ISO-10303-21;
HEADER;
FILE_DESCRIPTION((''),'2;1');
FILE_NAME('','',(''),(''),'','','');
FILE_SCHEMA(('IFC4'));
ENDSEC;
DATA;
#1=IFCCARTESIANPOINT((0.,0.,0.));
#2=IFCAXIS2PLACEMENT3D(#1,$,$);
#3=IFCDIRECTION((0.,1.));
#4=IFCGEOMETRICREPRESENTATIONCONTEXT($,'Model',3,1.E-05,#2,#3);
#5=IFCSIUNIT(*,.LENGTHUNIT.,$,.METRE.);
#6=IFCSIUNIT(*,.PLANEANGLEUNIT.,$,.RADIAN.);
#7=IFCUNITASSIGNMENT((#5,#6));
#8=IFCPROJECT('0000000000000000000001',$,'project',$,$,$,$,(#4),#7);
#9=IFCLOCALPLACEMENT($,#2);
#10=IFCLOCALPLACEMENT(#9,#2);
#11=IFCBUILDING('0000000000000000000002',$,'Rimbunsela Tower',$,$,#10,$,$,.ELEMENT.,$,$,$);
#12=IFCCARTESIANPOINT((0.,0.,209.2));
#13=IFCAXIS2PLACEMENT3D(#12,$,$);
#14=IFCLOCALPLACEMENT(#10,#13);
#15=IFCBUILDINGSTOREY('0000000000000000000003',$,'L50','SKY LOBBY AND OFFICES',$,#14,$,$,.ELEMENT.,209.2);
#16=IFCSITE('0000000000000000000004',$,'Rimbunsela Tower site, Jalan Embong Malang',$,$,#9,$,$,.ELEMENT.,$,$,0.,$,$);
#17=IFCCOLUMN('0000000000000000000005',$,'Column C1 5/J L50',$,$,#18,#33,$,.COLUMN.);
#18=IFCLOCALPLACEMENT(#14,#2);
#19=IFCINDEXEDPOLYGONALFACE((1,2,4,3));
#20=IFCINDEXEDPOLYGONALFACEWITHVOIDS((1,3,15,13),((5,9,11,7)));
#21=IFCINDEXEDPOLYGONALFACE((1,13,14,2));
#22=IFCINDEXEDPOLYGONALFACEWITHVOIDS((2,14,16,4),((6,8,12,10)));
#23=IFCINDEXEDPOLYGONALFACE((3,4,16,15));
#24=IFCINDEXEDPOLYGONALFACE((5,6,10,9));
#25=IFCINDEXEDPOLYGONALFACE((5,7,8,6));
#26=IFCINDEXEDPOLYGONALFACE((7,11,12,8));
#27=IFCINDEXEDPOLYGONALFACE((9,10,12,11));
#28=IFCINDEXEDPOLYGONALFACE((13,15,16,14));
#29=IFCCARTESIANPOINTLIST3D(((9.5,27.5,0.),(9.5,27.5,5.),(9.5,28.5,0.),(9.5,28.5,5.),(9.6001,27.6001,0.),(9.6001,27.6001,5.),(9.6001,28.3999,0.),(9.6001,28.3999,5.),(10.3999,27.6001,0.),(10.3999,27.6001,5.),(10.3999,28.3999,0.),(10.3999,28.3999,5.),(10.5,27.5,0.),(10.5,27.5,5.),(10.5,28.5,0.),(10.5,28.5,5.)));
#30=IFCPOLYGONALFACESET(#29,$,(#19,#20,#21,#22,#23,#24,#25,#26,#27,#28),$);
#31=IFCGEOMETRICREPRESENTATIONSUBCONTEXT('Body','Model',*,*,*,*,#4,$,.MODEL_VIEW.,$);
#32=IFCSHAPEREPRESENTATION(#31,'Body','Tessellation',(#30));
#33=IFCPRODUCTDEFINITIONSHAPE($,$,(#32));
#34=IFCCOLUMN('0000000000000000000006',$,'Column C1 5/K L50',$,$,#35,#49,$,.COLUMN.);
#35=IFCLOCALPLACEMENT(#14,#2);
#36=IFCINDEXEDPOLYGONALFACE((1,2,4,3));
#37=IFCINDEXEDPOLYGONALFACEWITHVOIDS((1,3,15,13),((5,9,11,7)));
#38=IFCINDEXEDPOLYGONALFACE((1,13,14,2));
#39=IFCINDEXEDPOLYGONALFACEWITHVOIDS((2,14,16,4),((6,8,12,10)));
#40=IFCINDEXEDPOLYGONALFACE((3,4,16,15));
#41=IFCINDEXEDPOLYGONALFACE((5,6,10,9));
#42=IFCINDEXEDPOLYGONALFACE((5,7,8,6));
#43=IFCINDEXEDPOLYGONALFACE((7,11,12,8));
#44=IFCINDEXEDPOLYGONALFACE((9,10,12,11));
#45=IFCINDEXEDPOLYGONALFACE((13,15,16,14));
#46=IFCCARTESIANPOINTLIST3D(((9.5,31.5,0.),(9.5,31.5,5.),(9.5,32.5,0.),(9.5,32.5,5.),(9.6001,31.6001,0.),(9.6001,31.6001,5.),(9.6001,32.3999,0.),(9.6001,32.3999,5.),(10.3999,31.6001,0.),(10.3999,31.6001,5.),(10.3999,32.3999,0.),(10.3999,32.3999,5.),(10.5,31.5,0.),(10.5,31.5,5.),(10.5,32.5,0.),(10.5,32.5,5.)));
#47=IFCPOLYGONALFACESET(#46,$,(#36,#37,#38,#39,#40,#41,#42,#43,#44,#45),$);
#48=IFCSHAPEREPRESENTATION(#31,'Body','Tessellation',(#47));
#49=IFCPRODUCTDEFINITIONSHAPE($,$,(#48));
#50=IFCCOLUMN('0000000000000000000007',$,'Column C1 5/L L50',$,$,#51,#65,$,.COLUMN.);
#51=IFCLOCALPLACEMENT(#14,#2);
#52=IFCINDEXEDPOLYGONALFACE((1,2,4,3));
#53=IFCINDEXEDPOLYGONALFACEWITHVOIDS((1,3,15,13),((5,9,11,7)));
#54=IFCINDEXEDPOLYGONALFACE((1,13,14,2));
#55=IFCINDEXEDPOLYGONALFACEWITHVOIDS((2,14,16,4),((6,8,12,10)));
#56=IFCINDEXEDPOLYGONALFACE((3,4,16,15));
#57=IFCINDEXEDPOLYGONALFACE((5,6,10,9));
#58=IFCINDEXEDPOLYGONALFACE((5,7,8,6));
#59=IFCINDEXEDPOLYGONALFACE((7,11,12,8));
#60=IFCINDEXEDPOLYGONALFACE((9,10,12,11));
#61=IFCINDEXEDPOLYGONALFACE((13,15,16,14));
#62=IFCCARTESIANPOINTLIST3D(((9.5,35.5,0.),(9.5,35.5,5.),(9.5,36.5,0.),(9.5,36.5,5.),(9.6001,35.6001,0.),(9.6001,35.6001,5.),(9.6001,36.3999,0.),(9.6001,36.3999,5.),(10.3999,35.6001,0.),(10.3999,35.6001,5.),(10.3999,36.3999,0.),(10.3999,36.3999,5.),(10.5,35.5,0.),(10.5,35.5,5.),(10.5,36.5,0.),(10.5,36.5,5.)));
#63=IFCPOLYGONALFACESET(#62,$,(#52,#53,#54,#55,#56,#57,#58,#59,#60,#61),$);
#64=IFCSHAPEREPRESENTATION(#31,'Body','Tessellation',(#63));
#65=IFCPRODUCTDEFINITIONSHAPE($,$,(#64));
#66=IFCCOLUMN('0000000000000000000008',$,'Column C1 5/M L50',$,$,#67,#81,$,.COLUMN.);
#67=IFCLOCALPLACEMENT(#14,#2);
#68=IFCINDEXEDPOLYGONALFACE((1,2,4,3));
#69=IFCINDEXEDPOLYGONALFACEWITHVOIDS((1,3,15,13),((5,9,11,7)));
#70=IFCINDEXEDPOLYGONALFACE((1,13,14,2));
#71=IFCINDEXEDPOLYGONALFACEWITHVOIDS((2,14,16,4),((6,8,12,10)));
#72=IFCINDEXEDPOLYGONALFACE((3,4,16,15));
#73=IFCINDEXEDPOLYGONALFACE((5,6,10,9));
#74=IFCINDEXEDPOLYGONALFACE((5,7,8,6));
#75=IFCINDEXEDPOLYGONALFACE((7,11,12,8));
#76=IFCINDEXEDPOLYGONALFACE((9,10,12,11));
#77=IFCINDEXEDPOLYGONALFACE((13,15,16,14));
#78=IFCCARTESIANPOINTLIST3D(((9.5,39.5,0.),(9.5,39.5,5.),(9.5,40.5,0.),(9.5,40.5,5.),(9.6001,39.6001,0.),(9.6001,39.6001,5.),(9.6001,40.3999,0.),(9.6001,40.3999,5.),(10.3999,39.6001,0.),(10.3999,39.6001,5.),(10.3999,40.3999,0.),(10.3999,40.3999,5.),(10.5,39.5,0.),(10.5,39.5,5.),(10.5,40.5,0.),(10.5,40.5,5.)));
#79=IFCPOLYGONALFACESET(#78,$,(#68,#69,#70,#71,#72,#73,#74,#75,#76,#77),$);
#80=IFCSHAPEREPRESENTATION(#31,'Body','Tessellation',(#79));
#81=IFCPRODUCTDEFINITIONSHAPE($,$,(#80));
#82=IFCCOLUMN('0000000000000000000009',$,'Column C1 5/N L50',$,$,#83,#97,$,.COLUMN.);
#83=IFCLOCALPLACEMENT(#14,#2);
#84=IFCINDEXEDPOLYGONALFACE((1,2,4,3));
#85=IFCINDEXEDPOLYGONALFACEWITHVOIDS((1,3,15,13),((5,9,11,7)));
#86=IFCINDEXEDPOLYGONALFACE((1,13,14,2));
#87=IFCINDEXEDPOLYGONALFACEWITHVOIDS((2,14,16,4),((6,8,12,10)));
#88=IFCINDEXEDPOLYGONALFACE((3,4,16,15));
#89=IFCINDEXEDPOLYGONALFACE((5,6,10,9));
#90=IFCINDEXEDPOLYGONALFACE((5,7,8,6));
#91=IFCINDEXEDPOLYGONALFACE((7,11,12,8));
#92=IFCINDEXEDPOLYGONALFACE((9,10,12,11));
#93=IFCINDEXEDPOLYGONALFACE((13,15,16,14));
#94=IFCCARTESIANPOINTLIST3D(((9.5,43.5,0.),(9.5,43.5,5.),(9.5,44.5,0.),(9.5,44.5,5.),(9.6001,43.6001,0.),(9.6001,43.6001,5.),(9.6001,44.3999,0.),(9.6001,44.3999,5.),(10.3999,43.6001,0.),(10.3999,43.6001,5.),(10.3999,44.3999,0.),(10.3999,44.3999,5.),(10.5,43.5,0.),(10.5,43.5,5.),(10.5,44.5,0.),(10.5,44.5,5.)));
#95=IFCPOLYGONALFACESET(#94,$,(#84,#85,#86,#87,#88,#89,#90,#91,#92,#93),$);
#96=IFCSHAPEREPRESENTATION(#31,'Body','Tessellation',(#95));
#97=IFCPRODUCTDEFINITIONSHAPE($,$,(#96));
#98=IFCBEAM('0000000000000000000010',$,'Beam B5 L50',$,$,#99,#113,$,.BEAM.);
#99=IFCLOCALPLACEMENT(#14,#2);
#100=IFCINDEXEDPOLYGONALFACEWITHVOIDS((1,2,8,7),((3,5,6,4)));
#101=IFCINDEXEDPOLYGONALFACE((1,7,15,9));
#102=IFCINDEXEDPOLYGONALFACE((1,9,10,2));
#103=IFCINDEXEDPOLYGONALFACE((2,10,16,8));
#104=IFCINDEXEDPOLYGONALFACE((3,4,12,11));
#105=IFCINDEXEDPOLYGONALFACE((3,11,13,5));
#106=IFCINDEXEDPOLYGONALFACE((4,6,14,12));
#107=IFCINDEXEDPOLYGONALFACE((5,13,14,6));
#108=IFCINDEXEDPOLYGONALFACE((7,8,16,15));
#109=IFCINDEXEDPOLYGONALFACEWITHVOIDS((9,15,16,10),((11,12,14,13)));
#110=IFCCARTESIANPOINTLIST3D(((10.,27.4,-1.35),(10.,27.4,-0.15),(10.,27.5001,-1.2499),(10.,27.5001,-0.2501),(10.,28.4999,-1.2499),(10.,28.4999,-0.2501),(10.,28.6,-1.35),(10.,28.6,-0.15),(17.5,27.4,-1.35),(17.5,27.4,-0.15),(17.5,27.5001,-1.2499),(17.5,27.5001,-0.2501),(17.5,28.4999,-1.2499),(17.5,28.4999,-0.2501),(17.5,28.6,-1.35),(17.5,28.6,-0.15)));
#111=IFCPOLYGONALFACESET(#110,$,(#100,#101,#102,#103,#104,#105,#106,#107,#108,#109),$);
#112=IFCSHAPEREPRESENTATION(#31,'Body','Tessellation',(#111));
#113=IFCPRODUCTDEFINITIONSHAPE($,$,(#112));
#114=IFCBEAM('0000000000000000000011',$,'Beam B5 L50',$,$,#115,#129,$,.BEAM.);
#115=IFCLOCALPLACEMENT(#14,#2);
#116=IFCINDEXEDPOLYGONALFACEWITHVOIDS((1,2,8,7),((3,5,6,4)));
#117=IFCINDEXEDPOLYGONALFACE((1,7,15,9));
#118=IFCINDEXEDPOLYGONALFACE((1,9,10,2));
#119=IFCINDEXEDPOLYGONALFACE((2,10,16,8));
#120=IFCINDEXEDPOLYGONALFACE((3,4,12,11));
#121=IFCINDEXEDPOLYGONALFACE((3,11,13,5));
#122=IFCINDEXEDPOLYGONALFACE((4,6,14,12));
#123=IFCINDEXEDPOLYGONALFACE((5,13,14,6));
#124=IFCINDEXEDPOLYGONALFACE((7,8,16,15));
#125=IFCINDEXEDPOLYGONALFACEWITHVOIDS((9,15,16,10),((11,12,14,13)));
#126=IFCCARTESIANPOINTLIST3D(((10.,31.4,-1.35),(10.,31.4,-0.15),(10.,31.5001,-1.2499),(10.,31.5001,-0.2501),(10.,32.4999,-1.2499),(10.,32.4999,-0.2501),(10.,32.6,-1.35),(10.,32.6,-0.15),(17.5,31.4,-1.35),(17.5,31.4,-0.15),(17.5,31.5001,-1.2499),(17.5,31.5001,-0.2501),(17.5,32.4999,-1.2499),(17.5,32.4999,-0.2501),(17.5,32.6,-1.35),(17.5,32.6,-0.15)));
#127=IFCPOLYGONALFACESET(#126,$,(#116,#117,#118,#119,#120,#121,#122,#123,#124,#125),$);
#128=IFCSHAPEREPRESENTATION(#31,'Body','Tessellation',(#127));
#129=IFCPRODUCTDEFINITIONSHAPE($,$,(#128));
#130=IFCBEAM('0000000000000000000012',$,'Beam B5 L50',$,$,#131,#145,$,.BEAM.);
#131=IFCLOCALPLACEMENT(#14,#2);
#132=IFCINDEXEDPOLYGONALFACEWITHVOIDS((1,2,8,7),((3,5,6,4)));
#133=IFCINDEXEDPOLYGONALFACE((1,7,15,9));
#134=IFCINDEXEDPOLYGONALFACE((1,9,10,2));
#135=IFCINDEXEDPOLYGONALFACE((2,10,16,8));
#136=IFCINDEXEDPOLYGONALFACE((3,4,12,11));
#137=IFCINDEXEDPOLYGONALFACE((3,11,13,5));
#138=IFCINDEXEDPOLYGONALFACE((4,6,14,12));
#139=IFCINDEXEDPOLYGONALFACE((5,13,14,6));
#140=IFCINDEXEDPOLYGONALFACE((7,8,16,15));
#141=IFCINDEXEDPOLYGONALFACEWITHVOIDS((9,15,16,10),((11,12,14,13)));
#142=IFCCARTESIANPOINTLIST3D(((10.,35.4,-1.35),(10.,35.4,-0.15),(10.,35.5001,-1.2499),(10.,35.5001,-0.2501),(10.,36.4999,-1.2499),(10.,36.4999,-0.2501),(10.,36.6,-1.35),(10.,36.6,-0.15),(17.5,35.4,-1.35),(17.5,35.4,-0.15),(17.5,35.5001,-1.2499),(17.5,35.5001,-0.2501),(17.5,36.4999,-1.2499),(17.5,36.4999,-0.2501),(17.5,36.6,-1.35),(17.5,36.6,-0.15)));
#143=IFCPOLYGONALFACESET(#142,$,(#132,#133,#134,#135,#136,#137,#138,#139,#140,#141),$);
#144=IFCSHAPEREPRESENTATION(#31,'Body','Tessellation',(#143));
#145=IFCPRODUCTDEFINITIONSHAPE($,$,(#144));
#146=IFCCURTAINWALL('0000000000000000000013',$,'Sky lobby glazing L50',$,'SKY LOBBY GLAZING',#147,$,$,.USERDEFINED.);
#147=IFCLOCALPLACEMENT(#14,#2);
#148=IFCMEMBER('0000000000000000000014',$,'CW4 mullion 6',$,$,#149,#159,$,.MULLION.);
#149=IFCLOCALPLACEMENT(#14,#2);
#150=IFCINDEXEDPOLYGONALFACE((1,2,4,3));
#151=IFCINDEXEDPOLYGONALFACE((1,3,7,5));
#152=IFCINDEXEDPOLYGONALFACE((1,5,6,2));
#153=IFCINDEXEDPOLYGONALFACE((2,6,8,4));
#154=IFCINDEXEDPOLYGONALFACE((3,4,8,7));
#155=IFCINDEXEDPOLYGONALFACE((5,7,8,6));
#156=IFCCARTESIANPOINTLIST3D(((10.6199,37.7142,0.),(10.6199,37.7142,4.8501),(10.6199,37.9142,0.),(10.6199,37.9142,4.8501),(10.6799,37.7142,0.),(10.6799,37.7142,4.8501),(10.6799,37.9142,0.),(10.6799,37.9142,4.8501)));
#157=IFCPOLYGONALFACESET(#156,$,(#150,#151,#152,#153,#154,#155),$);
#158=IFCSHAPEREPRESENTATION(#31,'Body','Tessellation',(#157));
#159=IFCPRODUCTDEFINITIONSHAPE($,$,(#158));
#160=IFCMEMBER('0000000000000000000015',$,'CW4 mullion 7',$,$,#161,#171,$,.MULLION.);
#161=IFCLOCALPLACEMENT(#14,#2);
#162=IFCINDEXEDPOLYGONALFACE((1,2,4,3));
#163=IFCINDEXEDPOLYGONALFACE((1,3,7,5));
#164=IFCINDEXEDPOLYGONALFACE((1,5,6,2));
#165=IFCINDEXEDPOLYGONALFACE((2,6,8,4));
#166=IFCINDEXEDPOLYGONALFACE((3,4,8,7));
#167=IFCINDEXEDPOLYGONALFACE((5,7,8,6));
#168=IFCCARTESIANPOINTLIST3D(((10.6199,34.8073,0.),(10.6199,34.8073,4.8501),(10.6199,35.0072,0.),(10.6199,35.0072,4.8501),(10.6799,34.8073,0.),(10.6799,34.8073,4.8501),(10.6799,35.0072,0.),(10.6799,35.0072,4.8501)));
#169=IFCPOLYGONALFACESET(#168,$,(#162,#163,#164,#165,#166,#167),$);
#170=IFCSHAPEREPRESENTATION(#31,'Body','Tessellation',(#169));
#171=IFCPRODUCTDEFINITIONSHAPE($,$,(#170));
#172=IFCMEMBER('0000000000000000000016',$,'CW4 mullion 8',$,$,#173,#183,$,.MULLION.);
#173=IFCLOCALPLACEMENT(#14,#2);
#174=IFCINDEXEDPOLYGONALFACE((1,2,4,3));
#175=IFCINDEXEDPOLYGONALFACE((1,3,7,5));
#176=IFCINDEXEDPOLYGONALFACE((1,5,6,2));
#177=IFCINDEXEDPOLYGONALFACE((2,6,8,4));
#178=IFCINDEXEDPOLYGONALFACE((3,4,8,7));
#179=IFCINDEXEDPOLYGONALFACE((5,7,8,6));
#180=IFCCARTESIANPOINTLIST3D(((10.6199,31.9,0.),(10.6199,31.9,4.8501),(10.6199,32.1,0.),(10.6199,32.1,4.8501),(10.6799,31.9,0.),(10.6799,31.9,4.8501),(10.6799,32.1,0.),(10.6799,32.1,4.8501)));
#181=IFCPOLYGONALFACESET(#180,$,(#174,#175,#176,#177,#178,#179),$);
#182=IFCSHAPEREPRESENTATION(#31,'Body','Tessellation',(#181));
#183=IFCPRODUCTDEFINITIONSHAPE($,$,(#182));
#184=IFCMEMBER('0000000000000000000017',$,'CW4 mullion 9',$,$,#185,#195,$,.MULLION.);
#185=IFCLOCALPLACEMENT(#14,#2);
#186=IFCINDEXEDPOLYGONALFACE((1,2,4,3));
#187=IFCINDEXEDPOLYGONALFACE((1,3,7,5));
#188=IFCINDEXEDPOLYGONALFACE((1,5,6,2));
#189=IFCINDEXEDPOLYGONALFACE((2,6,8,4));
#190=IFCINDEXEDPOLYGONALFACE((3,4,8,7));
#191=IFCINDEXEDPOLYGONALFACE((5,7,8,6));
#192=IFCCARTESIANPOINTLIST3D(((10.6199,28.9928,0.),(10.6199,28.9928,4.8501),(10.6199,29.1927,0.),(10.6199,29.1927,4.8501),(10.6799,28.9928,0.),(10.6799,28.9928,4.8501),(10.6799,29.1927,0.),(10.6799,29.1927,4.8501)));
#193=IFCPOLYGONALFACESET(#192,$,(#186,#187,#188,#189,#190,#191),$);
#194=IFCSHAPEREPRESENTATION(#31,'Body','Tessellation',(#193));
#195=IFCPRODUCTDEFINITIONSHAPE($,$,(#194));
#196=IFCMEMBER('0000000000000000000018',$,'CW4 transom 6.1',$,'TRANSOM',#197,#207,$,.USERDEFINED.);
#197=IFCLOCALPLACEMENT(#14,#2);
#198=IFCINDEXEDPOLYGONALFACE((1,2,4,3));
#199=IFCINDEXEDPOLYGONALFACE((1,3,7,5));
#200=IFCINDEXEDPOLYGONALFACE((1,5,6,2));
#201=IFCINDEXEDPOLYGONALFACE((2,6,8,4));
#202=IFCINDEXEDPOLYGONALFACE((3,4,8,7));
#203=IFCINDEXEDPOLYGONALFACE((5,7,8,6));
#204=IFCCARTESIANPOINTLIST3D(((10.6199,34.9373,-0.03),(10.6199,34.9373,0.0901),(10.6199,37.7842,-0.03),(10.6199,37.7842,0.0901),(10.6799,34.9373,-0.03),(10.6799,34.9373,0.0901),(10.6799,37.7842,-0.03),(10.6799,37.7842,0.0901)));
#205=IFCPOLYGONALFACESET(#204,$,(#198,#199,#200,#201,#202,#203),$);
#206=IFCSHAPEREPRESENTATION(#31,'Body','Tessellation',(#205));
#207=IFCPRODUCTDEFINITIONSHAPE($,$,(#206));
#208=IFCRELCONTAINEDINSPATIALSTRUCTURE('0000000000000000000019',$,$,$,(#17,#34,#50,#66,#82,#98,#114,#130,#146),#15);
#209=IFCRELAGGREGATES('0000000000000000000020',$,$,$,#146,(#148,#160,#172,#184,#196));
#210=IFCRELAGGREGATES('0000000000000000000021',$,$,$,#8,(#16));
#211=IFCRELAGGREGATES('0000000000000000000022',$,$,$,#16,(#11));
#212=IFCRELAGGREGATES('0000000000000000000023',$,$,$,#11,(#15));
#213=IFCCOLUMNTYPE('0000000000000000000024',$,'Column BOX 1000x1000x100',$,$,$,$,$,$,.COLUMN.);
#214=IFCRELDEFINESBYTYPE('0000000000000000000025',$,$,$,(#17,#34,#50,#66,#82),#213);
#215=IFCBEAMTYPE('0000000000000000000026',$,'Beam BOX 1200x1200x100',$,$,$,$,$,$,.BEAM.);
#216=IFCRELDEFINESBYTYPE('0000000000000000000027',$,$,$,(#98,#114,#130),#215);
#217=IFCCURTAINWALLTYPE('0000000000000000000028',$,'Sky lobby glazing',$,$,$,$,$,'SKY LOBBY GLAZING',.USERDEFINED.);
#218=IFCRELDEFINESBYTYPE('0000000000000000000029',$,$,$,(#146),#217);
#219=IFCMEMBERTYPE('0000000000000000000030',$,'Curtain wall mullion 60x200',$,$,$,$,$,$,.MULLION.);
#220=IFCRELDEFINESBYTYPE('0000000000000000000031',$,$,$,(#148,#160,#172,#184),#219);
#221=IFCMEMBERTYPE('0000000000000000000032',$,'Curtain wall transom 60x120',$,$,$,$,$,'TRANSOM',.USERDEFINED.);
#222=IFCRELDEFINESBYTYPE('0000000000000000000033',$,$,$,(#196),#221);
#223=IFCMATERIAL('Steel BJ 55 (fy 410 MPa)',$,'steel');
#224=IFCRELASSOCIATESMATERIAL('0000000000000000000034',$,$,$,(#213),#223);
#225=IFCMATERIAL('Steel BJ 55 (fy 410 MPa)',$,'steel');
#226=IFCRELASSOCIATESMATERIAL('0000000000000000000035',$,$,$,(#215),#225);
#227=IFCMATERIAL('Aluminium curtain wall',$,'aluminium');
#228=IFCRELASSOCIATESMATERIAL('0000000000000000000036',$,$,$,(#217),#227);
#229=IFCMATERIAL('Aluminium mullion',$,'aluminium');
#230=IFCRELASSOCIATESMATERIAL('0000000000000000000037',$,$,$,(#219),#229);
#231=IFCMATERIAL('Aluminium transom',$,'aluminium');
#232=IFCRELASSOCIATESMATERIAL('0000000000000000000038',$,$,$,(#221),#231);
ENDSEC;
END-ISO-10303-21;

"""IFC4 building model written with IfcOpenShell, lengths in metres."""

from ifc_helpers import new_model, si_unit, direction, frame, origin, origin_2d, place, context, subcontext, project, spatial, rectangle, hollow_rectangle, extrude, material, material_profile, profile_set, type_object, element, aggregate, save


model = new_model("IFC4")

# Units and contexts
model_context = context("Model", 3, precision=1e-05, world=origin(), true_north=direction((0.0, 1.0)))
body_context = subcontext(model_context, "Body", "Model", "MODEL_VIEW")
ifc_project = project(units=[si_unit("LENGTHUNIT", "METRE"), si_unit("PLANEANGLEUNIT", "RADIAN")], contexts=[model_context])

# Site, building, storey
site_placement = place(None, origin())
site = spatial("IfcSite", under=ifc_project, at=site_placement, Name="Rimbunsela Tower site, Jalan Embong Malang", CompositionType="ELEMENT", RefElevation=0.0)
building_placement = place(site_placement, origin())
building = spatial("IfcBuilding", under=site, at=building_placement, Name="Rimbunsela Tower", CompositionType="ELEMENT")
storey_placement = place(building_placement, frame((0.0, 0.0, 209.2)))
storey = spatial("IfcBuildingStorey", under=building, at=storey_placement, Name="L50", Description="SKY LOBBY AND OFFICES", CompositionType="ELEMENT", Elevation=209.2)

# Columns
ifc_material_1 = material(Name="Steel BJ 55 (fy 410 MPa)", Category="steel")
ifc_material_profile_1 = material_profile(ifc_material_1, hollow_rectangle(XDim=1.0, YDim=1.0, WallThickness=0.1001, at=origin_2d()), Name="BOX 1000x1000x100")
ifc_profile_set_1 = profile_set([ifc_material_profile_1], Name="Steel BJ 55 (fy 410 MPa)")
column_type = type_object("IfcColumnType", Name="Column BOX 1000x1000x100", PredefinedType="COLUMN", material=ifc_profile_set_1)
for number, where, z_axis, x_axis, name in (
    (1, (10.0, 28.0, 0.0), (0.0, 0.0, 1.0), (1.0, 0.0, 0.0), "Column C1 5/J L50"),
    (2, (10.0, 32.0, 0.0), (0.0, 0.0, 1.0), (1.0, 0.0, 0.0), "Column C1 5/K L50"),
    (3, (10.0, 36.0, 0.0), (0.0, 0.0, 1.0), (1.0, 0.0, 0.0), "Column C1 5/L L50"),
    (4, (10.0, 40.0, 0.0), (0.0, 0.0, 1.0), (1.0, 0.0, 0.0), "Column C1 5/M L50"),
    (5, (10.0, 44.0, 0.0), (0.0, 0.0, 1.0), (1.0, 0.0, 0.0), "Column C1 5/N L50"),
):
    element("IfcColumn", number, at=place(storey_placement, frame(where, z_axis=z_axis, x_axis=x_axis)), inside=storey, type_object=column_type, Name=name, PredefinedType="COLUMN", context=body_context, shape_type="SweptSolid", body=[
        extrude(hollow_rectangle(XDim=1.0, YDim=1.0, WallThickness=0.1001, at=origin_2d()), origin(), (0.0, 0.0, 1.0), 5.0),
    ])

# Beams
ifc_material_2 = material(Name="Steel BJ 55 (fy 410 MPa)", Category="steel")
ifc_material_profile_2 = material_profile(ifc_material_2, hollow_rectangle(XDim=1.2, YDim=1.2, WallThickness=0.1001, at=origin_2d()), Name="BOX 1200x1200x100")
ifc_profile_set_2 = profile_set([ifc_material_profile_2], Name="Steel BJ 55 (fy 410 MPa)")
beam_type = type_object("IfcBeamType", Name="Beam BOX 1200x1200x100", PredefinedType="BEAM", material=ifc_profile_set_2)
for number, where, z_axis, x_axis, name in (
    (6, (10.0, 28.0, -0.75), (1.0, 0.0, 0.0), (0.0, 1.0, 0.0), "Beam B5 L50"),
    (7, (10.0, 32.0, -0.75), (1.0, 0.0, 0.0), (0.0, 1.0, 0.0), "Beam B5 L50"),
    (8, (10.0, 36.0, -0.75), (1.0, 0.0, 0.0), (0.0, 1.0, 0.0), "Beam B5 L50"),
):
    element("IfcBeam", number, at=place(storey_placement, frame(where, z_axis=z_axis, x_axis=x_axis)), inside=storey, type_object=beam_type, Name=name, PredefinedType="BEAM", context=body_context, shape_type="SweptSolid", body=[
        extrude(hollow_rectangle(XDim=1.2, YDim=1.2, WallThickness=0.1001, at=origin_2d()), origin(), (0.0, 0.0, 1.0), 7.5),
    ])

# Curtain wall, members
ifc_material_3 = material(Name="Aluminium curtain wall", Category="aluminium")
curtain_wall_type = type_object("IfcCurtainWallType", Name="Sky lobby glazing", ElementType="SKY LOBBY GLAZING", PredefinedType="USERDEFINED", material=ifc_material_3)
curtain_wall_placement = place(storey_placement, origin())
curtain_wall = element("IfcCurtainWall", 9, at=curtain_wall_placement, inside=storey, type_object=curtain_wall_type, Name="Sky lobby glazing L50", ObjectType="SKY LOBBY GLAZING", PredefinedType="USERDEFINED")
ifc_material_4 = material(Name="Aluminium mullion", Category="aluminium")
ifc_material_profile_3 = material_profile(ifc_material_4, rectangle(XDim=0.0601, YDim=0.2, at=origin_2d()), Name="Mullion 60x200")
ifc_profile_set_3 = profile_set([ifc_material_profile_3], Name="Aluminium mullion")
member_type_1 = type_object("IfcMemberType", Name="Curtain wall mullion 60x200", PredefinedType="MULLION", material=ifc_profile_set_3)
member_1_placement = place(storey_placement, frame((10.6499, 37.8142, 0.0), z_axis=(0.0, 0.0, 1.0), x_axis=(1.0, 0.0, 0.0)))
member_1 = element("IfcMember", 10, at=member_1_placement, type_object=member_type_1, Name="CW4 mullion 6", PredefinedType="MULLION", context=body_context, shape_type="SweptSolid", body=[
    extrude(rectangle(XDim=0.0601, YDim=0.2, at=origin_2d()), origin(), (0.0, 0.0, 1.0), 4.8501),
])
member_2_placement = place(storey_placement, frame((10.6499, 34.9072, 0.0), z_axis=(0.0, 0.0, 1.0), x_axis=(1.0, 0.0, 0.0)))
member_2 = element("IfcMember", 11, at=member_2_placement, type_object=member_type_1, Name="CW4 mullion 7", PredefinedType="MULLION", context=body_context, shape_type="SweptSolid", body=[
    extrude(rectangle(XDim=0.0601, YDim=0.2, at=origin_2d()), origin(), (0.0, 0.0, 1.0), 4.8501),
])
member_3_placement = place(storey_placement, frame((10.6499, 32.0, 0.0), z_axis=(0.0, 0.0, 1.0), x_axis=(1.0, 0.0, 0.0)))
member_3 = element("IfcMember", 12, at=member_3_placement, type_object=member_type_1, Name="CW4 mullion 8", PredefinedType="MULLION", context=body_context, shape_type="SweptSolid", body=[
    extrude(rectangle(XDim=0.0601, YDim=0.2, at=origin_2d()), origin(), (0.0, 0.0, 1.0), 4.8501),
])
member_4_placement = place(storey_placement, frame((10.6499, 29.0928, 0.0), z_axis=(0.0, 0.0, 1.0), x_axis=(1.0, 0.0, 0.0)))
member_4 = element("IfcMember", 13, at=member_4_placement, type_object=member_type_1, Name="CW4 mullion 9", PredefinedType="MULLION", context=body_context, shape_type="SweptSolid", body=[
    extrude(rectangle(XDim=0.0601, YDim=0.2, at=origin_2d()), origin(), (0.0, 0.0, 1.0), 4.8501),
])
ifc_material_5 = material(Name="Aluminium transom", Category="aluminium")
ifc_material_profile_4 = material_profile(ifc_material_5, rectangle(XDim=0.0601, YDim=0.1201, at=origin_2d()), Name="Transom 60x120")
ifc_profile_set_4 = profile_set([ifc_material_profile_4], Name="Aluminium transom")
member_type_2 = type_object("IfcMemberType", Name="Curtain wall transom 60x120", ElementType="TRANSOM", PredefinedType="USERDEFINED", material=ifc_profile_set_4)
member_5_placement = place(storey_placement, frame((10.6499, 37.7842, 0.03), z_axis=(0.0, -1.0, 0.0), x_axis=(1.0, 0.0, 0.0)))
member_5 = element("IfcMember", 14, at=member_5_placement, type_object=member_type_2, Name="CW4 transom 6.1", ObjectType="TRANSOM", PredefinedType="USERDEFINED", context=body_context, shape_type="SweptSolid", body=[
    extrude(rectangle(XDim=0.0601, YDim=0.1201, at=origin_2d()), origin(), (0.0, 0.0, 1.0), 2.8469),
])
aggregate(curtain_wall, [member_1, member_2, member_3, member_4, member_5])

save(model, "model.ifc")
